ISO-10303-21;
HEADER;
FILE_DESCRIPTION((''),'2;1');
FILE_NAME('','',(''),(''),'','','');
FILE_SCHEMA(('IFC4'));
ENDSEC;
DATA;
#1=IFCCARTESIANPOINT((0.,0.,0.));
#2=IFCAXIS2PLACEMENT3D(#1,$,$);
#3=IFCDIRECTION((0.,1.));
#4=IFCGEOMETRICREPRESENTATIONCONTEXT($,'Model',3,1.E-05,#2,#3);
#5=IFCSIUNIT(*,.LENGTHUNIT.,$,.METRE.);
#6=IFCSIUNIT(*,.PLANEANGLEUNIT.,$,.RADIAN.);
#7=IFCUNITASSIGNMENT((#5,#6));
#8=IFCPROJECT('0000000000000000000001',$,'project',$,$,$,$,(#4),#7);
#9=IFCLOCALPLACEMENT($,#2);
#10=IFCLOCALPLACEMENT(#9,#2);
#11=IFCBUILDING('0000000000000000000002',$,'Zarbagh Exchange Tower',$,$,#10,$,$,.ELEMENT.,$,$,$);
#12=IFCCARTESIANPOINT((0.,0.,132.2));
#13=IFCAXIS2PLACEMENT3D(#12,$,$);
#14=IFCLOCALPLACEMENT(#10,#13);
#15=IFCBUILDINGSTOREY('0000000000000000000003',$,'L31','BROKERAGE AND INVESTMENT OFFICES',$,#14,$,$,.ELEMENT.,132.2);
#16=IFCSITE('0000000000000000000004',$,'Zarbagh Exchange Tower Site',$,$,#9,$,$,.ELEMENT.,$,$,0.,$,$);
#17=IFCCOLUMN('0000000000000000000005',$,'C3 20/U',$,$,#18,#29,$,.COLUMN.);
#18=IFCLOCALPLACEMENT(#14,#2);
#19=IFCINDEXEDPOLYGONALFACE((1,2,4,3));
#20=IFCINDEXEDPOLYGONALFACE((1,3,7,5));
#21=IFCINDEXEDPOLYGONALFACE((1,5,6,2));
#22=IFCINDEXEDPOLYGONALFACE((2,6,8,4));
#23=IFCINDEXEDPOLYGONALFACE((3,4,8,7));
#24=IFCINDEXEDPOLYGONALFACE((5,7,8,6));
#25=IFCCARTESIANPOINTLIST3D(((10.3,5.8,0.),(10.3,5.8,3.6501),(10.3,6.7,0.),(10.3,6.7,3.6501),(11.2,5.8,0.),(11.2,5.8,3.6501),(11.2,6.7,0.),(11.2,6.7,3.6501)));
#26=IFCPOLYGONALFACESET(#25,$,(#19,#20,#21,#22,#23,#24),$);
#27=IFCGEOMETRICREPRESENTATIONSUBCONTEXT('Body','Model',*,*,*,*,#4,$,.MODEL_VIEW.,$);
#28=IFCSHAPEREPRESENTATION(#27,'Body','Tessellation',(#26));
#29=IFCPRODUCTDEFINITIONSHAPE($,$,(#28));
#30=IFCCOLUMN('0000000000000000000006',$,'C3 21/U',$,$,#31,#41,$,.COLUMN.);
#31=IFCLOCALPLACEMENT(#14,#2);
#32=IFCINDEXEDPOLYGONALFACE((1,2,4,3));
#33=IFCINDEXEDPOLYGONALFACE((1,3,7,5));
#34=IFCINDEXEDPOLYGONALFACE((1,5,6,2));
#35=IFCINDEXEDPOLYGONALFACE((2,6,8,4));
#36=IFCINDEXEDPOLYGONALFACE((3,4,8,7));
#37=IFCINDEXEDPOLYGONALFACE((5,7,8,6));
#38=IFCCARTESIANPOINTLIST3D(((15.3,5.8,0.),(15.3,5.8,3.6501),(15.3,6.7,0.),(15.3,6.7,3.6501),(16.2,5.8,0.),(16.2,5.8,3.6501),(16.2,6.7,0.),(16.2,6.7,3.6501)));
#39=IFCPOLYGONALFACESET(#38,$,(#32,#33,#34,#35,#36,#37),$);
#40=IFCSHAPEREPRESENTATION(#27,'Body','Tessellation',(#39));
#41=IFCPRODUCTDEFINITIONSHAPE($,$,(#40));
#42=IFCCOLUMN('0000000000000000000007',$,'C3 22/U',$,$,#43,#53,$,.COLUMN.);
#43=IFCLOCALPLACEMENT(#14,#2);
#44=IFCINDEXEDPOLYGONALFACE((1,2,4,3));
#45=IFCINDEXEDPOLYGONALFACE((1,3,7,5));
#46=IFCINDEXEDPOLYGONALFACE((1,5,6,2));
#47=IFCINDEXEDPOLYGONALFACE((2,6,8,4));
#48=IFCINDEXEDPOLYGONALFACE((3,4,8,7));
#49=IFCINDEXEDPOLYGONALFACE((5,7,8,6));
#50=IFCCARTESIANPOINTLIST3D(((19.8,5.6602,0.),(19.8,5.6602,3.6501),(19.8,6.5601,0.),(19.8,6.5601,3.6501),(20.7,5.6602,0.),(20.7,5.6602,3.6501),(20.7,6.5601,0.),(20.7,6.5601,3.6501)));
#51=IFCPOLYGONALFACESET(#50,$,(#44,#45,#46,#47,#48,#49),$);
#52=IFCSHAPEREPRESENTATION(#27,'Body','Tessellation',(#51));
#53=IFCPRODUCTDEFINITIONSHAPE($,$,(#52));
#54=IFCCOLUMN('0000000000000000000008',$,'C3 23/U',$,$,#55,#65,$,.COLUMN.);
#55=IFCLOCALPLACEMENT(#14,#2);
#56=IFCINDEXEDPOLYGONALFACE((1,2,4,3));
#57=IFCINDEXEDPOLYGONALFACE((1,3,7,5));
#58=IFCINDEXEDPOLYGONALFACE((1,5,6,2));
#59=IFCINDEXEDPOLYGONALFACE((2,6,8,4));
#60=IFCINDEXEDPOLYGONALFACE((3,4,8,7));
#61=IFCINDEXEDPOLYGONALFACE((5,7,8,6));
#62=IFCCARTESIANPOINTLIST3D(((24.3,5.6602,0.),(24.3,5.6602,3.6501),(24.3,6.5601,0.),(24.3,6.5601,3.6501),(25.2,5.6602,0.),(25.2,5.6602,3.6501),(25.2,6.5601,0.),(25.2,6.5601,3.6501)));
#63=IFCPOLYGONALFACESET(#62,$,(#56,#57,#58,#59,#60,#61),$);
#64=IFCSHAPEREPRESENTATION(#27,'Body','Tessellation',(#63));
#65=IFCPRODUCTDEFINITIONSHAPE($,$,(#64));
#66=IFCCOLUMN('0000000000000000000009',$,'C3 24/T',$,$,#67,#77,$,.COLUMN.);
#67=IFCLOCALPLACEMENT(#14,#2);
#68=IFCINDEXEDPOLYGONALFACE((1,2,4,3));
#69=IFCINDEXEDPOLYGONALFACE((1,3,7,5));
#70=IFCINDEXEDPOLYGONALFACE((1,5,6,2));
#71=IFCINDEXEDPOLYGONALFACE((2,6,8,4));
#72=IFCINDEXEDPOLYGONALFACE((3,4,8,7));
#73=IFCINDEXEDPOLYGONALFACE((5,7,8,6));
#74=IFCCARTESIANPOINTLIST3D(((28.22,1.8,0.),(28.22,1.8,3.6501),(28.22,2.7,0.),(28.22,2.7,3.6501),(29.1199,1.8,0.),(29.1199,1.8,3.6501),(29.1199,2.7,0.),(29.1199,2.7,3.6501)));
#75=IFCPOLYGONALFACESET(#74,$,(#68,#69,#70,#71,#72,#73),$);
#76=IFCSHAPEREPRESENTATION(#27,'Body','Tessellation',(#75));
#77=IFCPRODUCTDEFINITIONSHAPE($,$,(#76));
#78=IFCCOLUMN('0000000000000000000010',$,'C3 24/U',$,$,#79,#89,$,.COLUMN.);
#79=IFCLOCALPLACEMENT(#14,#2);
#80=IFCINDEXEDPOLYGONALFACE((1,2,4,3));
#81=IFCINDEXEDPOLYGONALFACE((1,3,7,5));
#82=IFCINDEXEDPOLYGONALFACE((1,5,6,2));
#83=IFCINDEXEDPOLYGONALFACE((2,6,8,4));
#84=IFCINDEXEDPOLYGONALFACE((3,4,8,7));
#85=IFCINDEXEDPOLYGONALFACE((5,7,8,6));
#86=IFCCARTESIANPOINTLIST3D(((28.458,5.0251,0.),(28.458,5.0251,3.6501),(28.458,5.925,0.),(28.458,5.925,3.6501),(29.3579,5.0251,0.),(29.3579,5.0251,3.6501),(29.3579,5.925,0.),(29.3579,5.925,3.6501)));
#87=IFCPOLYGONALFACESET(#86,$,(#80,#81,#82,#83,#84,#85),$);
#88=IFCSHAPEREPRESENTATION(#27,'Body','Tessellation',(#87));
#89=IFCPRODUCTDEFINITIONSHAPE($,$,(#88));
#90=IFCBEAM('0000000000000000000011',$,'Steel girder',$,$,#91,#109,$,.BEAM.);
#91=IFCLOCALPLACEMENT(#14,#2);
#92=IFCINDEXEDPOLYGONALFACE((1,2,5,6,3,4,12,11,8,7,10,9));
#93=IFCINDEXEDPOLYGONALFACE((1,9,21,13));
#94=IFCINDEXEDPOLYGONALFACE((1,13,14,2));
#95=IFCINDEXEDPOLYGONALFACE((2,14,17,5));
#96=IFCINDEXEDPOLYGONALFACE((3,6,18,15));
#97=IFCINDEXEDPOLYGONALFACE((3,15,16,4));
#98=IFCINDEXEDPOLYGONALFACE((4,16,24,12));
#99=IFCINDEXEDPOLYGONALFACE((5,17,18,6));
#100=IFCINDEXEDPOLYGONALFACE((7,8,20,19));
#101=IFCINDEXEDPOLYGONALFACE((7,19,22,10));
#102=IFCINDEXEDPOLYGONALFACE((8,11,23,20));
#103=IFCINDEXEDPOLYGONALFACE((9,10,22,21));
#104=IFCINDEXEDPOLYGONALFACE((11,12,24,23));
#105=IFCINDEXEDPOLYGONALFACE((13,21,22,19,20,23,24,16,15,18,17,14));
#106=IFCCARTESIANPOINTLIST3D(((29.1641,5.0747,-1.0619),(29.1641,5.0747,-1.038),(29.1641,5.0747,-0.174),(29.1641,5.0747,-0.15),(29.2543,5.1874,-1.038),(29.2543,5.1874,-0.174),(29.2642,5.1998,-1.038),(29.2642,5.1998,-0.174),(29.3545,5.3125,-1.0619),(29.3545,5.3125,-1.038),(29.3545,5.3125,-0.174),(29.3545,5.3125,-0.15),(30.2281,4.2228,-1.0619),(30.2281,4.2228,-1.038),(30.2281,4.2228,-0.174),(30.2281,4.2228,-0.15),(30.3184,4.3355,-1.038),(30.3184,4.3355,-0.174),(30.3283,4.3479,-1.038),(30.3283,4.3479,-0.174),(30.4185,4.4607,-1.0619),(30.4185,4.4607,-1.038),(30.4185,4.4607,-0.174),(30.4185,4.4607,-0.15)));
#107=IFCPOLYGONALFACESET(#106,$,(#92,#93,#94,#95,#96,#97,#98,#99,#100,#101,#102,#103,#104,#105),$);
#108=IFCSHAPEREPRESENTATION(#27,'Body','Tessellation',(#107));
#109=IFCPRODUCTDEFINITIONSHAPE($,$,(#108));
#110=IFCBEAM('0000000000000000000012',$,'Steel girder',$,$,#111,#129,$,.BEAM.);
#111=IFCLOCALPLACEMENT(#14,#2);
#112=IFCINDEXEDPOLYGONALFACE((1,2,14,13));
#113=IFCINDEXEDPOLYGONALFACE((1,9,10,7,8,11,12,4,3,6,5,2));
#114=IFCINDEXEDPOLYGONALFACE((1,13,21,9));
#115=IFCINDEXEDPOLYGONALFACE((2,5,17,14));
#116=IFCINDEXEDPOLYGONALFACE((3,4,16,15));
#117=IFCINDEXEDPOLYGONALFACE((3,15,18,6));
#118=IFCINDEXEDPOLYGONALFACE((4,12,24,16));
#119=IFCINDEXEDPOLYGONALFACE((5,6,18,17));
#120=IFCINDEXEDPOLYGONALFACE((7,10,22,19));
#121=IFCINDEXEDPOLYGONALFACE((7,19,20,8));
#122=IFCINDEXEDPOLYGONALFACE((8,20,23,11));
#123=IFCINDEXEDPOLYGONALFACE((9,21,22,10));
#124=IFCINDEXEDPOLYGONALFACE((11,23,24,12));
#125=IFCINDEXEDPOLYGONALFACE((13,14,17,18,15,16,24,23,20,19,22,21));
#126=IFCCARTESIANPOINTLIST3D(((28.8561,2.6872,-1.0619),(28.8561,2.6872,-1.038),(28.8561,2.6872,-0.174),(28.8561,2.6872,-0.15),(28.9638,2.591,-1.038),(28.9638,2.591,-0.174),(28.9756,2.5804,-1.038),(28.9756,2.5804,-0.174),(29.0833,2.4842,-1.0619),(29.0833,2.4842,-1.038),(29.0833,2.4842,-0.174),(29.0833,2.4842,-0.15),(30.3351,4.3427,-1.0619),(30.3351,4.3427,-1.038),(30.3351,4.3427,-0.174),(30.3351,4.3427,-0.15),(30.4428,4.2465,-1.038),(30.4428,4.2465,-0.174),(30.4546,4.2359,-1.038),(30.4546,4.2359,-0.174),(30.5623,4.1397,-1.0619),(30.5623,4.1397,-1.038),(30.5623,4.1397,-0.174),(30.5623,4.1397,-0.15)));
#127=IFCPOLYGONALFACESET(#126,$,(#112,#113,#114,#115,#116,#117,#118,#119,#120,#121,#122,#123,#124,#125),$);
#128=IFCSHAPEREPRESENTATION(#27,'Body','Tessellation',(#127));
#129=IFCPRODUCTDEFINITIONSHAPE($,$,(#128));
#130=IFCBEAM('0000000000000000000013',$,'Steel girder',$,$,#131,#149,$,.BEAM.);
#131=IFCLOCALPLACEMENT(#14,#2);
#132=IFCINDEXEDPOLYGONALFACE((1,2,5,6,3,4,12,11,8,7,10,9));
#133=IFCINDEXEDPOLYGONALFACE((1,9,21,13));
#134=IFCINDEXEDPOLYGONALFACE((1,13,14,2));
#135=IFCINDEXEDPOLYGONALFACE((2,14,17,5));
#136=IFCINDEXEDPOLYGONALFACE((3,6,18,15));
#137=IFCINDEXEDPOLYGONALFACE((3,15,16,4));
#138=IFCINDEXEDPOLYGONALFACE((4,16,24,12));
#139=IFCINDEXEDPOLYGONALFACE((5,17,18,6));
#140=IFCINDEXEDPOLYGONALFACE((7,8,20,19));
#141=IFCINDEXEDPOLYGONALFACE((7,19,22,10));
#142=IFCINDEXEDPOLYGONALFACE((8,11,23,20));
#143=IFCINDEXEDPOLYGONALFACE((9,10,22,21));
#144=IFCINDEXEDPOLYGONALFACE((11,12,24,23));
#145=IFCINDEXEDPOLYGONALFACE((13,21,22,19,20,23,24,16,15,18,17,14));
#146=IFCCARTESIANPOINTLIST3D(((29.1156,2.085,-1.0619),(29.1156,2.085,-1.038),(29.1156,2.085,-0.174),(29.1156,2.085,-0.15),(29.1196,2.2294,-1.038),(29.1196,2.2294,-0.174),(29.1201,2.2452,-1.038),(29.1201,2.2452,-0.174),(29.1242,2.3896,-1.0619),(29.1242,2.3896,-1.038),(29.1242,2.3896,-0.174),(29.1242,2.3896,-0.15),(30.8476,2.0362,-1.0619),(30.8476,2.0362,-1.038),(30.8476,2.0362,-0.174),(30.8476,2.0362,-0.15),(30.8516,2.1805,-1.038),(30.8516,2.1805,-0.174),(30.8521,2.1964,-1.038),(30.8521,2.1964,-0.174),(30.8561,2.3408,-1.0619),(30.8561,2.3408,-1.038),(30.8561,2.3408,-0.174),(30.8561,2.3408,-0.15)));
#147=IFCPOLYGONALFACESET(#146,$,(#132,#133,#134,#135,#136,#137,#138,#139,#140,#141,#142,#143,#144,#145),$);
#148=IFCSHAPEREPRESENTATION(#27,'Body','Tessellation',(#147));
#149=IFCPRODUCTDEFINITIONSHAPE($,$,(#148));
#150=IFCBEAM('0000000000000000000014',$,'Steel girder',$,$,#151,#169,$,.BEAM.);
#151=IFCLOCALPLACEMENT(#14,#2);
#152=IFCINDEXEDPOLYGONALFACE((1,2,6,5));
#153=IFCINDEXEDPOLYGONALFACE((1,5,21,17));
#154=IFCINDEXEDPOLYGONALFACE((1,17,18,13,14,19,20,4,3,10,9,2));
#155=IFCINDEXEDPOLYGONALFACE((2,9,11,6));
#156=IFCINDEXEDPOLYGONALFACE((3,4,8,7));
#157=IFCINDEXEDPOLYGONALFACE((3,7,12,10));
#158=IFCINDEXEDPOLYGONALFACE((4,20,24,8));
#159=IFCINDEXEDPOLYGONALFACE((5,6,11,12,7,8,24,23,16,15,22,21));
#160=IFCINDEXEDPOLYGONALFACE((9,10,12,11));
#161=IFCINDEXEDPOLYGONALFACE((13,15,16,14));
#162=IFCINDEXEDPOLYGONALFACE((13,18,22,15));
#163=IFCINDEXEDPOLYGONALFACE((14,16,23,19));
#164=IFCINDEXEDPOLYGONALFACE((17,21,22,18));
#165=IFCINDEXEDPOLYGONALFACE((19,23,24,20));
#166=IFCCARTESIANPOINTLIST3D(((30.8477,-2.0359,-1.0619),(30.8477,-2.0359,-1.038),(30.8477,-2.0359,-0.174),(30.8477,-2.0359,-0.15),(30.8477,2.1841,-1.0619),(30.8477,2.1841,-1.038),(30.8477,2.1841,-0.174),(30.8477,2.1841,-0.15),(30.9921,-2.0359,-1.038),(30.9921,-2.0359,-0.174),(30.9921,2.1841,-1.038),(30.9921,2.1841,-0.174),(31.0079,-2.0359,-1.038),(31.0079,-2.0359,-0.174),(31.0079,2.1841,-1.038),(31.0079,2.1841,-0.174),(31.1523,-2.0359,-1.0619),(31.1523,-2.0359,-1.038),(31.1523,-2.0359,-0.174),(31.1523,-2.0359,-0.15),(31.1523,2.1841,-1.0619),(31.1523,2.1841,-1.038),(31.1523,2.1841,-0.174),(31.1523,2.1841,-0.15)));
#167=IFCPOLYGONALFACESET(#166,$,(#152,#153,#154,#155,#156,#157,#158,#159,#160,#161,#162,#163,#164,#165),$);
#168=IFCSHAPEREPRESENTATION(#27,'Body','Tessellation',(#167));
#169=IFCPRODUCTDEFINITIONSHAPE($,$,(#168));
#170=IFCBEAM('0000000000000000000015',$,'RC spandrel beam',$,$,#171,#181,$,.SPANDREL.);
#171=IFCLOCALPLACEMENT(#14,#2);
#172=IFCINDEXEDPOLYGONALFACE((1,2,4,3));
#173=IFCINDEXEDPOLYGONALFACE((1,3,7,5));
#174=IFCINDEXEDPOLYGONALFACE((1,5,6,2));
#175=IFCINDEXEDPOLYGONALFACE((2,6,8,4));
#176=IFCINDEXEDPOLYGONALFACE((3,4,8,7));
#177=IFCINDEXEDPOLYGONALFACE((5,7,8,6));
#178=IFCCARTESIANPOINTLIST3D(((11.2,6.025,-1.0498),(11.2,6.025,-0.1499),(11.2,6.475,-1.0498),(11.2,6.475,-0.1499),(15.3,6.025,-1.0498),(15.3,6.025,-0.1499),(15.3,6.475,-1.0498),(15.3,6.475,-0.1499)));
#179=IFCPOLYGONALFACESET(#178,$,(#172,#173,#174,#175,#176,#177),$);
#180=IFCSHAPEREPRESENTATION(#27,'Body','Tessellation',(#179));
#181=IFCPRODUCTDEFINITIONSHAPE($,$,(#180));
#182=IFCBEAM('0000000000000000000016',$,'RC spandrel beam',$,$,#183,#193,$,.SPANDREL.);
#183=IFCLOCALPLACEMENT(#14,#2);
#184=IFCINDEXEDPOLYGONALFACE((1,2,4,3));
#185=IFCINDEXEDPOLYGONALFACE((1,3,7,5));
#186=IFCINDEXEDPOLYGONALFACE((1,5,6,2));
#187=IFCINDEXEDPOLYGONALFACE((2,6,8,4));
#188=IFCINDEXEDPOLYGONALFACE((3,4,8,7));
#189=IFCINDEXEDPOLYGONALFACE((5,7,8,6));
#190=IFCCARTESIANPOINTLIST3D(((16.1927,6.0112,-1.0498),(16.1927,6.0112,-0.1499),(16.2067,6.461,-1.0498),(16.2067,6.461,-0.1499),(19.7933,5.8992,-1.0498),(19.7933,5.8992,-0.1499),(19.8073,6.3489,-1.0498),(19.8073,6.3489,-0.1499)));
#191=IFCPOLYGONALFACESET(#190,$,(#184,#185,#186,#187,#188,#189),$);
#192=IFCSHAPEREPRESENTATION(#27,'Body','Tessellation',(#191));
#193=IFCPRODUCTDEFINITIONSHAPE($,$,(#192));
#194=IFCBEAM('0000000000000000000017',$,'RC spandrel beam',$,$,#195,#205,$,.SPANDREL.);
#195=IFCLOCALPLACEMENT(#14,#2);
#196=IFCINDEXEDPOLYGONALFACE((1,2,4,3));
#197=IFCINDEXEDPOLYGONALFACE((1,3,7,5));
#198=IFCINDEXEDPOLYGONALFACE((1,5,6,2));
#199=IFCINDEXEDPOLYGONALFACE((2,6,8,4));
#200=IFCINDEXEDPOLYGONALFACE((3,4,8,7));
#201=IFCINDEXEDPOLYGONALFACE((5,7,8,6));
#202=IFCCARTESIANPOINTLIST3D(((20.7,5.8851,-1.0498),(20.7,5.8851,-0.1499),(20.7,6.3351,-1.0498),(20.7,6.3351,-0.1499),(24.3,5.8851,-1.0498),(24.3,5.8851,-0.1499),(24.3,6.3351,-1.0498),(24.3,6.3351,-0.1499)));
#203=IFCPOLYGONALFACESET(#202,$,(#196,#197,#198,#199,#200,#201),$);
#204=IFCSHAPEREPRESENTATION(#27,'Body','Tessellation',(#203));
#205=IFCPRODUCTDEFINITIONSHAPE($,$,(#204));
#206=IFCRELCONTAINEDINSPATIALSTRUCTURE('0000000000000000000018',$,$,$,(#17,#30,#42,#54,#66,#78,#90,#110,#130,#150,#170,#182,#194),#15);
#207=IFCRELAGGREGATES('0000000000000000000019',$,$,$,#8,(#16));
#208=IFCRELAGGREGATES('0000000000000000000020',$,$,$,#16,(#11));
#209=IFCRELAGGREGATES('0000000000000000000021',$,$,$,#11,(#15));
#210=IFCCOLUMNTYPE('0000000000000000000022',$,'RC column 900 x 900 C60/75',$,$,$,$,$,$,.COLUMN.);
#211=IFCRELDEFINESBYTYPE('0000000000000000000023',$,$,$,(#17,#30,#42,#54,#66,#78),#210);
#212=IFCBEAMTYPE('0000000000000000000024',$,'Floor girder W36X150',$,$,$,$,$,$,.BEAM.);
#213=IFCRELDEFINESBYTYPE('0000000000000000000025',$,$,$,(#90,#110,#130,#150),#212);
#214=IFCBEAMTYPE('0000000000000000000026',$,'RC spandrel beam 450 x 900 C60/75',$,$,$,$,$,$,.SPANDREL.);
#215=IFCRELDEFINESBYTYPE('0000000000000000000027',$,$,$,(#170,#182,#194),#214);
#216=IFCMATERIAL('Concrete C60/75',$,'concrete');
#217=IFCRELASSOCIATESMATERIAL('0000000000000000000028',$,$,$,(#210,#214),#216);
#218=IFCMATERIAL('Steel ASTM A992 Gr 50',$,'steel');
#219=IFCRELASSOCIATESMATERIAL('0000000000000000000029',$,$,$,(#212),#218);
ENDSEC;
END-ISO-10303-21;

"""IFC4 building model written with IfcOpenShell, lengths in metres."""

from ifc_helpers import new_model, si_unit, direction, frame, origin, origin_2d, place, context, subcontext, project, spatial, rectangle, i_section, extrude, material, material_profile, profile_set, type_object, element, save


model = new_model("IFC4")

# Units and contexts
model_context = context("Model", 3, precision=1e-05, world=origin(), true_north=direction((0.0, 1.0)))
body_context = subcontext(model_context, "Body", "Model", "MODEL_VIEW")
ifc_project = project(units=[si_unit("LENGTHUNIT", "METRE"), si_unit("PLANEANGLEUNIT", "RADIAN")], contexts=[model_context])

# Site, building, storey
site_placement = place(None, origin())
site = spatial("IfcSite", under=ifc_project, at=site_placement, Name="Zarbagh Exchange Tower Site", CompositionType="ELEMENT", RefElevation=0.0)
building_placement = place(site_placement, origin())
building = spatial("IfcBuilding", under=site, at=building_placement, Name="Zarbagh Exchange Tower", CompositionType="ELEMENT")
storey_placement = place(building_placement, frame((0.0, 0.0, 132.2)))
storey = spatial("IfcBuildingStorey", under=building, at=storey_placement, Name="L31", Description="BROKERAGE AND INVESTMENT OFFICES", CompositionType="ELEMENT", Elevation=132.2)

# Columns
ifc_material_1 = material(Name="Concrete C60/75", Category="concrete")
ifc_material_profile_1 = material_profile(ifc_material_1, rectangle(XDim=0.8999, YDim=0.8999, at=origin_2d()), Name="RC column 900 x 900 C60/75")
ifc_profile_set_1 = profile_set([ifc_material_profile_1], Name="Concrete C60/75")
column_type = type_object("IfcColumnType", Name="RC column 900 x 900 C60/75", PredefinedType="COLUMN", material=ifc_profile_set_1)
for number, where, z_axis, x_axis, name in (
    (1, (10.75, 6.25, 0.0), (0.0, 0.0, 1.0), (1.0, 0.0, 0.0), "C3 20/U"),
    (2, (15.75, 6.25, 0.0), (0.0, 0.0, 1.0), (1.0, 0.0, 0.0), "C3 21/U"),
    (3, (20.25, 6.1101, 0.0), (0.0, 0.0, 1.0), (1.0, 0.0, 0.0), "C3 22/U"),
    (4, (24.75, 6.1101, 0.0), (0.0, 0.0, 1.0), (1.0, 0.0, 0.0), "C3 23/U"),
    (5, (28.6699, 2.25, 0.0), (0.0, 0.0, 1.0), (1.0, 0.0, 0.0), "C3 24/T"),
    (6, (28.908, 5.4751, 0.0), (0.0, 0.0, 1.0), (1.0, 0.0, 0.0), "C3 24/U"),
):
    element("IfcColumn", number, at=place(storey_placement, frame(where, z_axis=z_axis, x_axis=x_axis)), inside=storey, type_object=column_type, Name=name, PredefinedType="COLUMN", context=body_context, shape_type="SweptSolid", body=[
        extrude(rectangle(XDim=0.8999, YDim=0.8999, at=origin_2d()), origin(), (0.0, 0.0, 1.0), 3.6501),
    ])

# Beams
ifc_material_2 = material(Name="Steel ASTM A992 Gr 50", Category="steel")
ifc_material_profile_2 = material_profile(ifc_material_2, i_section(OverallWidth=0.3047, OverallDepth=0.9119, WebThickness=0.0159, FlangeThickness=0.0239, at=origin_2d()), Name="W36X150")
ifc_profile_set_2 = profile_set([ifc_material_profile_2], Name="Steel ASTM A992 Gr 50")
beam_type_1 = type_object("IfcBeamType", Name="Floor girder W36X150", PredefinedType="BEAM", material=ifc_profile_set_2)
beam_1_placement = place(storey_placement, frame((29.2593, 5.1936, -0.606), z_axis=(0.780642, -0.624979, 0.0), x_axis=(0.624979, 0.780642, 0.0)))
element("IfcBeam", 7, at=beam_1_placement, inside=storey, type_object=beam_type_1, Name="Steel girder", PredefinedType="BEAM", context=body_context, shape_type="SweptSolid", body=[
    extrude(i_section(OverallWidth=0.3047, OverallDepth=0.9119, WebThickness=0.0159, FlangeThickness=0.0239, at=origin_2d()), origin(), (0.0, 0.0, 1.0), 1.363),
])
beam_2_placement = place(storey_placement, frame((30.4487, 4.2412, -0.606), z_axis=(-0.666232, -0.745744, 0.0), x_axis=(0.745744, -0.666232, 0.0)))
element("IfcBeam", 8, at=beam_2_placement, inside=storey, type_object=beam_type_1, Name="Steel girder", PredefinedType="BEAM", context=body_context, shape_type="SweptSolid", body=[
    extrude(i_section(OverallWidth=0.3047, OverallDepth=0.9119, WebThickness=0.0159, FlangeThickness=0.0239, at=origin_2d()), origin(), (0.0, 0.0, 1.0), 2.22),
])
beam_3_placement = place(storey_placement, frame((29.1199, 2.2373, -0.606), z_axis=(0.999603, -0.028182, 0.0), x_axis=(0.028182, 0.999603, 0.0)))
element("IfcBeam", 9, at=beam_3_placement, inside=storey, type_object=beam_type_1, Name="Steel girder", PredefinedType="BEAM", context=body_context, shape_type="SweptSolid", body=[
    extrude(i_section(OverallWidth=0.3047, OverallDepth=0.9119, WebThickness=0.0159, FlangeThickness=0.0239, at=origin_2d()), origin(), (0.0, 0.0, 1.0), 1.7327),
])
beam_4_placement = place(storey_placement, frame((31.0, 2.1841, -0.606), z_axis=(0.0, -1.0, 0.0), x_axis=(1.0, 0.0, 0.0)))
element("IfcBeam", 10, at=beam_4_placement, inside=storey, type_object=beam_type_1, Name="Steel girder", PredefinedType="BEAM", context=body_context, shape_type="SweptSolid", body=[
    extrude(i_section(OverallWidth=0.3047, OverallDepth=0.9119, WebThickness=0.0159, FlangeThickness=0.0239, at=origin_2d()), origin(), (0.0, 0.0, 1.0), 4.22),
])
ifc_material_profile_3 = material_profile(ifc_material_1, rectangle(XDim=0.45, YDim=0.8999, at=origin_2d()), Name="RC spandrel beam 450 x 900 C60/75")
ifc_profile_set_3 = profile_set([ifc_material_profile_3], Name="Concrete C60/75")
beam_type_2 = type_object("IfcBeamType", Name="RC spandrel beam 450 x 900 C60/75", PredefinedType="SPANDREL", material=ifc_profile_set_3)
beam_5_placement = place(storey_placement, frame((11.2, 6.25, -0.5999), z_axis=(1.0, 0.0, 0.0), x_axis=(0.0, 1.0, 0.0)))
element("IfcBeam", 11, at=beam_5_placement, inside=storey, type_object=beam_type_2, Name="RC spandrel beam", PredefinedType="SPANDREL", context=body_context, shape_type="SweptSolid", body=[
    extrude(rectangle(XDim=0.45, YDim=0.8999, at=origin_2d()), origin(), (0.0, 0.0, 1.0), 4.1001),
])
beam_6_placement = place(storey_placement, frame((16.1997, 6.2361, -0.5999), z_axis=(0.999516, -0.031108, 0.0), x_axis=(0.031108, 0.999516, 0.0)))
element("IfcBeam", 12, at=beam_6_placement, inside=storey, type_object=beam_type_2, Name="RC spandrel beam", PredefinedType="SPANDREL", context=body_context, shape_type="SweptSolid", body=[
    extrude(rectangle(XDim=0.45, YDim=0.8999, at=origin_2d()), origin(), (0.0, 0.0, 1.0), 3.6023),
])
beam_7_placement = place(storey_placement, frame((20.7, 6.1101, -0.5999), z_axis=(1.0, 0.0, 0.0), x_axis=(0.0, 1.0, 0.0)))
element("IfcBeam", 13, at=beam_7_placement, inside=storey, type_object=beam_type_2, Name="RC spandrel beam", PredefinedType="SPANDREL", context=body_context, shape_type="SweptSolid", body=[
    extrude(rectangle(XDim=0.45, YDim=0.8999, at=origin_2d()), origin(), (0.0, 0.0, 1.0), 3.6001),
])

save(model, "model.ifc")
